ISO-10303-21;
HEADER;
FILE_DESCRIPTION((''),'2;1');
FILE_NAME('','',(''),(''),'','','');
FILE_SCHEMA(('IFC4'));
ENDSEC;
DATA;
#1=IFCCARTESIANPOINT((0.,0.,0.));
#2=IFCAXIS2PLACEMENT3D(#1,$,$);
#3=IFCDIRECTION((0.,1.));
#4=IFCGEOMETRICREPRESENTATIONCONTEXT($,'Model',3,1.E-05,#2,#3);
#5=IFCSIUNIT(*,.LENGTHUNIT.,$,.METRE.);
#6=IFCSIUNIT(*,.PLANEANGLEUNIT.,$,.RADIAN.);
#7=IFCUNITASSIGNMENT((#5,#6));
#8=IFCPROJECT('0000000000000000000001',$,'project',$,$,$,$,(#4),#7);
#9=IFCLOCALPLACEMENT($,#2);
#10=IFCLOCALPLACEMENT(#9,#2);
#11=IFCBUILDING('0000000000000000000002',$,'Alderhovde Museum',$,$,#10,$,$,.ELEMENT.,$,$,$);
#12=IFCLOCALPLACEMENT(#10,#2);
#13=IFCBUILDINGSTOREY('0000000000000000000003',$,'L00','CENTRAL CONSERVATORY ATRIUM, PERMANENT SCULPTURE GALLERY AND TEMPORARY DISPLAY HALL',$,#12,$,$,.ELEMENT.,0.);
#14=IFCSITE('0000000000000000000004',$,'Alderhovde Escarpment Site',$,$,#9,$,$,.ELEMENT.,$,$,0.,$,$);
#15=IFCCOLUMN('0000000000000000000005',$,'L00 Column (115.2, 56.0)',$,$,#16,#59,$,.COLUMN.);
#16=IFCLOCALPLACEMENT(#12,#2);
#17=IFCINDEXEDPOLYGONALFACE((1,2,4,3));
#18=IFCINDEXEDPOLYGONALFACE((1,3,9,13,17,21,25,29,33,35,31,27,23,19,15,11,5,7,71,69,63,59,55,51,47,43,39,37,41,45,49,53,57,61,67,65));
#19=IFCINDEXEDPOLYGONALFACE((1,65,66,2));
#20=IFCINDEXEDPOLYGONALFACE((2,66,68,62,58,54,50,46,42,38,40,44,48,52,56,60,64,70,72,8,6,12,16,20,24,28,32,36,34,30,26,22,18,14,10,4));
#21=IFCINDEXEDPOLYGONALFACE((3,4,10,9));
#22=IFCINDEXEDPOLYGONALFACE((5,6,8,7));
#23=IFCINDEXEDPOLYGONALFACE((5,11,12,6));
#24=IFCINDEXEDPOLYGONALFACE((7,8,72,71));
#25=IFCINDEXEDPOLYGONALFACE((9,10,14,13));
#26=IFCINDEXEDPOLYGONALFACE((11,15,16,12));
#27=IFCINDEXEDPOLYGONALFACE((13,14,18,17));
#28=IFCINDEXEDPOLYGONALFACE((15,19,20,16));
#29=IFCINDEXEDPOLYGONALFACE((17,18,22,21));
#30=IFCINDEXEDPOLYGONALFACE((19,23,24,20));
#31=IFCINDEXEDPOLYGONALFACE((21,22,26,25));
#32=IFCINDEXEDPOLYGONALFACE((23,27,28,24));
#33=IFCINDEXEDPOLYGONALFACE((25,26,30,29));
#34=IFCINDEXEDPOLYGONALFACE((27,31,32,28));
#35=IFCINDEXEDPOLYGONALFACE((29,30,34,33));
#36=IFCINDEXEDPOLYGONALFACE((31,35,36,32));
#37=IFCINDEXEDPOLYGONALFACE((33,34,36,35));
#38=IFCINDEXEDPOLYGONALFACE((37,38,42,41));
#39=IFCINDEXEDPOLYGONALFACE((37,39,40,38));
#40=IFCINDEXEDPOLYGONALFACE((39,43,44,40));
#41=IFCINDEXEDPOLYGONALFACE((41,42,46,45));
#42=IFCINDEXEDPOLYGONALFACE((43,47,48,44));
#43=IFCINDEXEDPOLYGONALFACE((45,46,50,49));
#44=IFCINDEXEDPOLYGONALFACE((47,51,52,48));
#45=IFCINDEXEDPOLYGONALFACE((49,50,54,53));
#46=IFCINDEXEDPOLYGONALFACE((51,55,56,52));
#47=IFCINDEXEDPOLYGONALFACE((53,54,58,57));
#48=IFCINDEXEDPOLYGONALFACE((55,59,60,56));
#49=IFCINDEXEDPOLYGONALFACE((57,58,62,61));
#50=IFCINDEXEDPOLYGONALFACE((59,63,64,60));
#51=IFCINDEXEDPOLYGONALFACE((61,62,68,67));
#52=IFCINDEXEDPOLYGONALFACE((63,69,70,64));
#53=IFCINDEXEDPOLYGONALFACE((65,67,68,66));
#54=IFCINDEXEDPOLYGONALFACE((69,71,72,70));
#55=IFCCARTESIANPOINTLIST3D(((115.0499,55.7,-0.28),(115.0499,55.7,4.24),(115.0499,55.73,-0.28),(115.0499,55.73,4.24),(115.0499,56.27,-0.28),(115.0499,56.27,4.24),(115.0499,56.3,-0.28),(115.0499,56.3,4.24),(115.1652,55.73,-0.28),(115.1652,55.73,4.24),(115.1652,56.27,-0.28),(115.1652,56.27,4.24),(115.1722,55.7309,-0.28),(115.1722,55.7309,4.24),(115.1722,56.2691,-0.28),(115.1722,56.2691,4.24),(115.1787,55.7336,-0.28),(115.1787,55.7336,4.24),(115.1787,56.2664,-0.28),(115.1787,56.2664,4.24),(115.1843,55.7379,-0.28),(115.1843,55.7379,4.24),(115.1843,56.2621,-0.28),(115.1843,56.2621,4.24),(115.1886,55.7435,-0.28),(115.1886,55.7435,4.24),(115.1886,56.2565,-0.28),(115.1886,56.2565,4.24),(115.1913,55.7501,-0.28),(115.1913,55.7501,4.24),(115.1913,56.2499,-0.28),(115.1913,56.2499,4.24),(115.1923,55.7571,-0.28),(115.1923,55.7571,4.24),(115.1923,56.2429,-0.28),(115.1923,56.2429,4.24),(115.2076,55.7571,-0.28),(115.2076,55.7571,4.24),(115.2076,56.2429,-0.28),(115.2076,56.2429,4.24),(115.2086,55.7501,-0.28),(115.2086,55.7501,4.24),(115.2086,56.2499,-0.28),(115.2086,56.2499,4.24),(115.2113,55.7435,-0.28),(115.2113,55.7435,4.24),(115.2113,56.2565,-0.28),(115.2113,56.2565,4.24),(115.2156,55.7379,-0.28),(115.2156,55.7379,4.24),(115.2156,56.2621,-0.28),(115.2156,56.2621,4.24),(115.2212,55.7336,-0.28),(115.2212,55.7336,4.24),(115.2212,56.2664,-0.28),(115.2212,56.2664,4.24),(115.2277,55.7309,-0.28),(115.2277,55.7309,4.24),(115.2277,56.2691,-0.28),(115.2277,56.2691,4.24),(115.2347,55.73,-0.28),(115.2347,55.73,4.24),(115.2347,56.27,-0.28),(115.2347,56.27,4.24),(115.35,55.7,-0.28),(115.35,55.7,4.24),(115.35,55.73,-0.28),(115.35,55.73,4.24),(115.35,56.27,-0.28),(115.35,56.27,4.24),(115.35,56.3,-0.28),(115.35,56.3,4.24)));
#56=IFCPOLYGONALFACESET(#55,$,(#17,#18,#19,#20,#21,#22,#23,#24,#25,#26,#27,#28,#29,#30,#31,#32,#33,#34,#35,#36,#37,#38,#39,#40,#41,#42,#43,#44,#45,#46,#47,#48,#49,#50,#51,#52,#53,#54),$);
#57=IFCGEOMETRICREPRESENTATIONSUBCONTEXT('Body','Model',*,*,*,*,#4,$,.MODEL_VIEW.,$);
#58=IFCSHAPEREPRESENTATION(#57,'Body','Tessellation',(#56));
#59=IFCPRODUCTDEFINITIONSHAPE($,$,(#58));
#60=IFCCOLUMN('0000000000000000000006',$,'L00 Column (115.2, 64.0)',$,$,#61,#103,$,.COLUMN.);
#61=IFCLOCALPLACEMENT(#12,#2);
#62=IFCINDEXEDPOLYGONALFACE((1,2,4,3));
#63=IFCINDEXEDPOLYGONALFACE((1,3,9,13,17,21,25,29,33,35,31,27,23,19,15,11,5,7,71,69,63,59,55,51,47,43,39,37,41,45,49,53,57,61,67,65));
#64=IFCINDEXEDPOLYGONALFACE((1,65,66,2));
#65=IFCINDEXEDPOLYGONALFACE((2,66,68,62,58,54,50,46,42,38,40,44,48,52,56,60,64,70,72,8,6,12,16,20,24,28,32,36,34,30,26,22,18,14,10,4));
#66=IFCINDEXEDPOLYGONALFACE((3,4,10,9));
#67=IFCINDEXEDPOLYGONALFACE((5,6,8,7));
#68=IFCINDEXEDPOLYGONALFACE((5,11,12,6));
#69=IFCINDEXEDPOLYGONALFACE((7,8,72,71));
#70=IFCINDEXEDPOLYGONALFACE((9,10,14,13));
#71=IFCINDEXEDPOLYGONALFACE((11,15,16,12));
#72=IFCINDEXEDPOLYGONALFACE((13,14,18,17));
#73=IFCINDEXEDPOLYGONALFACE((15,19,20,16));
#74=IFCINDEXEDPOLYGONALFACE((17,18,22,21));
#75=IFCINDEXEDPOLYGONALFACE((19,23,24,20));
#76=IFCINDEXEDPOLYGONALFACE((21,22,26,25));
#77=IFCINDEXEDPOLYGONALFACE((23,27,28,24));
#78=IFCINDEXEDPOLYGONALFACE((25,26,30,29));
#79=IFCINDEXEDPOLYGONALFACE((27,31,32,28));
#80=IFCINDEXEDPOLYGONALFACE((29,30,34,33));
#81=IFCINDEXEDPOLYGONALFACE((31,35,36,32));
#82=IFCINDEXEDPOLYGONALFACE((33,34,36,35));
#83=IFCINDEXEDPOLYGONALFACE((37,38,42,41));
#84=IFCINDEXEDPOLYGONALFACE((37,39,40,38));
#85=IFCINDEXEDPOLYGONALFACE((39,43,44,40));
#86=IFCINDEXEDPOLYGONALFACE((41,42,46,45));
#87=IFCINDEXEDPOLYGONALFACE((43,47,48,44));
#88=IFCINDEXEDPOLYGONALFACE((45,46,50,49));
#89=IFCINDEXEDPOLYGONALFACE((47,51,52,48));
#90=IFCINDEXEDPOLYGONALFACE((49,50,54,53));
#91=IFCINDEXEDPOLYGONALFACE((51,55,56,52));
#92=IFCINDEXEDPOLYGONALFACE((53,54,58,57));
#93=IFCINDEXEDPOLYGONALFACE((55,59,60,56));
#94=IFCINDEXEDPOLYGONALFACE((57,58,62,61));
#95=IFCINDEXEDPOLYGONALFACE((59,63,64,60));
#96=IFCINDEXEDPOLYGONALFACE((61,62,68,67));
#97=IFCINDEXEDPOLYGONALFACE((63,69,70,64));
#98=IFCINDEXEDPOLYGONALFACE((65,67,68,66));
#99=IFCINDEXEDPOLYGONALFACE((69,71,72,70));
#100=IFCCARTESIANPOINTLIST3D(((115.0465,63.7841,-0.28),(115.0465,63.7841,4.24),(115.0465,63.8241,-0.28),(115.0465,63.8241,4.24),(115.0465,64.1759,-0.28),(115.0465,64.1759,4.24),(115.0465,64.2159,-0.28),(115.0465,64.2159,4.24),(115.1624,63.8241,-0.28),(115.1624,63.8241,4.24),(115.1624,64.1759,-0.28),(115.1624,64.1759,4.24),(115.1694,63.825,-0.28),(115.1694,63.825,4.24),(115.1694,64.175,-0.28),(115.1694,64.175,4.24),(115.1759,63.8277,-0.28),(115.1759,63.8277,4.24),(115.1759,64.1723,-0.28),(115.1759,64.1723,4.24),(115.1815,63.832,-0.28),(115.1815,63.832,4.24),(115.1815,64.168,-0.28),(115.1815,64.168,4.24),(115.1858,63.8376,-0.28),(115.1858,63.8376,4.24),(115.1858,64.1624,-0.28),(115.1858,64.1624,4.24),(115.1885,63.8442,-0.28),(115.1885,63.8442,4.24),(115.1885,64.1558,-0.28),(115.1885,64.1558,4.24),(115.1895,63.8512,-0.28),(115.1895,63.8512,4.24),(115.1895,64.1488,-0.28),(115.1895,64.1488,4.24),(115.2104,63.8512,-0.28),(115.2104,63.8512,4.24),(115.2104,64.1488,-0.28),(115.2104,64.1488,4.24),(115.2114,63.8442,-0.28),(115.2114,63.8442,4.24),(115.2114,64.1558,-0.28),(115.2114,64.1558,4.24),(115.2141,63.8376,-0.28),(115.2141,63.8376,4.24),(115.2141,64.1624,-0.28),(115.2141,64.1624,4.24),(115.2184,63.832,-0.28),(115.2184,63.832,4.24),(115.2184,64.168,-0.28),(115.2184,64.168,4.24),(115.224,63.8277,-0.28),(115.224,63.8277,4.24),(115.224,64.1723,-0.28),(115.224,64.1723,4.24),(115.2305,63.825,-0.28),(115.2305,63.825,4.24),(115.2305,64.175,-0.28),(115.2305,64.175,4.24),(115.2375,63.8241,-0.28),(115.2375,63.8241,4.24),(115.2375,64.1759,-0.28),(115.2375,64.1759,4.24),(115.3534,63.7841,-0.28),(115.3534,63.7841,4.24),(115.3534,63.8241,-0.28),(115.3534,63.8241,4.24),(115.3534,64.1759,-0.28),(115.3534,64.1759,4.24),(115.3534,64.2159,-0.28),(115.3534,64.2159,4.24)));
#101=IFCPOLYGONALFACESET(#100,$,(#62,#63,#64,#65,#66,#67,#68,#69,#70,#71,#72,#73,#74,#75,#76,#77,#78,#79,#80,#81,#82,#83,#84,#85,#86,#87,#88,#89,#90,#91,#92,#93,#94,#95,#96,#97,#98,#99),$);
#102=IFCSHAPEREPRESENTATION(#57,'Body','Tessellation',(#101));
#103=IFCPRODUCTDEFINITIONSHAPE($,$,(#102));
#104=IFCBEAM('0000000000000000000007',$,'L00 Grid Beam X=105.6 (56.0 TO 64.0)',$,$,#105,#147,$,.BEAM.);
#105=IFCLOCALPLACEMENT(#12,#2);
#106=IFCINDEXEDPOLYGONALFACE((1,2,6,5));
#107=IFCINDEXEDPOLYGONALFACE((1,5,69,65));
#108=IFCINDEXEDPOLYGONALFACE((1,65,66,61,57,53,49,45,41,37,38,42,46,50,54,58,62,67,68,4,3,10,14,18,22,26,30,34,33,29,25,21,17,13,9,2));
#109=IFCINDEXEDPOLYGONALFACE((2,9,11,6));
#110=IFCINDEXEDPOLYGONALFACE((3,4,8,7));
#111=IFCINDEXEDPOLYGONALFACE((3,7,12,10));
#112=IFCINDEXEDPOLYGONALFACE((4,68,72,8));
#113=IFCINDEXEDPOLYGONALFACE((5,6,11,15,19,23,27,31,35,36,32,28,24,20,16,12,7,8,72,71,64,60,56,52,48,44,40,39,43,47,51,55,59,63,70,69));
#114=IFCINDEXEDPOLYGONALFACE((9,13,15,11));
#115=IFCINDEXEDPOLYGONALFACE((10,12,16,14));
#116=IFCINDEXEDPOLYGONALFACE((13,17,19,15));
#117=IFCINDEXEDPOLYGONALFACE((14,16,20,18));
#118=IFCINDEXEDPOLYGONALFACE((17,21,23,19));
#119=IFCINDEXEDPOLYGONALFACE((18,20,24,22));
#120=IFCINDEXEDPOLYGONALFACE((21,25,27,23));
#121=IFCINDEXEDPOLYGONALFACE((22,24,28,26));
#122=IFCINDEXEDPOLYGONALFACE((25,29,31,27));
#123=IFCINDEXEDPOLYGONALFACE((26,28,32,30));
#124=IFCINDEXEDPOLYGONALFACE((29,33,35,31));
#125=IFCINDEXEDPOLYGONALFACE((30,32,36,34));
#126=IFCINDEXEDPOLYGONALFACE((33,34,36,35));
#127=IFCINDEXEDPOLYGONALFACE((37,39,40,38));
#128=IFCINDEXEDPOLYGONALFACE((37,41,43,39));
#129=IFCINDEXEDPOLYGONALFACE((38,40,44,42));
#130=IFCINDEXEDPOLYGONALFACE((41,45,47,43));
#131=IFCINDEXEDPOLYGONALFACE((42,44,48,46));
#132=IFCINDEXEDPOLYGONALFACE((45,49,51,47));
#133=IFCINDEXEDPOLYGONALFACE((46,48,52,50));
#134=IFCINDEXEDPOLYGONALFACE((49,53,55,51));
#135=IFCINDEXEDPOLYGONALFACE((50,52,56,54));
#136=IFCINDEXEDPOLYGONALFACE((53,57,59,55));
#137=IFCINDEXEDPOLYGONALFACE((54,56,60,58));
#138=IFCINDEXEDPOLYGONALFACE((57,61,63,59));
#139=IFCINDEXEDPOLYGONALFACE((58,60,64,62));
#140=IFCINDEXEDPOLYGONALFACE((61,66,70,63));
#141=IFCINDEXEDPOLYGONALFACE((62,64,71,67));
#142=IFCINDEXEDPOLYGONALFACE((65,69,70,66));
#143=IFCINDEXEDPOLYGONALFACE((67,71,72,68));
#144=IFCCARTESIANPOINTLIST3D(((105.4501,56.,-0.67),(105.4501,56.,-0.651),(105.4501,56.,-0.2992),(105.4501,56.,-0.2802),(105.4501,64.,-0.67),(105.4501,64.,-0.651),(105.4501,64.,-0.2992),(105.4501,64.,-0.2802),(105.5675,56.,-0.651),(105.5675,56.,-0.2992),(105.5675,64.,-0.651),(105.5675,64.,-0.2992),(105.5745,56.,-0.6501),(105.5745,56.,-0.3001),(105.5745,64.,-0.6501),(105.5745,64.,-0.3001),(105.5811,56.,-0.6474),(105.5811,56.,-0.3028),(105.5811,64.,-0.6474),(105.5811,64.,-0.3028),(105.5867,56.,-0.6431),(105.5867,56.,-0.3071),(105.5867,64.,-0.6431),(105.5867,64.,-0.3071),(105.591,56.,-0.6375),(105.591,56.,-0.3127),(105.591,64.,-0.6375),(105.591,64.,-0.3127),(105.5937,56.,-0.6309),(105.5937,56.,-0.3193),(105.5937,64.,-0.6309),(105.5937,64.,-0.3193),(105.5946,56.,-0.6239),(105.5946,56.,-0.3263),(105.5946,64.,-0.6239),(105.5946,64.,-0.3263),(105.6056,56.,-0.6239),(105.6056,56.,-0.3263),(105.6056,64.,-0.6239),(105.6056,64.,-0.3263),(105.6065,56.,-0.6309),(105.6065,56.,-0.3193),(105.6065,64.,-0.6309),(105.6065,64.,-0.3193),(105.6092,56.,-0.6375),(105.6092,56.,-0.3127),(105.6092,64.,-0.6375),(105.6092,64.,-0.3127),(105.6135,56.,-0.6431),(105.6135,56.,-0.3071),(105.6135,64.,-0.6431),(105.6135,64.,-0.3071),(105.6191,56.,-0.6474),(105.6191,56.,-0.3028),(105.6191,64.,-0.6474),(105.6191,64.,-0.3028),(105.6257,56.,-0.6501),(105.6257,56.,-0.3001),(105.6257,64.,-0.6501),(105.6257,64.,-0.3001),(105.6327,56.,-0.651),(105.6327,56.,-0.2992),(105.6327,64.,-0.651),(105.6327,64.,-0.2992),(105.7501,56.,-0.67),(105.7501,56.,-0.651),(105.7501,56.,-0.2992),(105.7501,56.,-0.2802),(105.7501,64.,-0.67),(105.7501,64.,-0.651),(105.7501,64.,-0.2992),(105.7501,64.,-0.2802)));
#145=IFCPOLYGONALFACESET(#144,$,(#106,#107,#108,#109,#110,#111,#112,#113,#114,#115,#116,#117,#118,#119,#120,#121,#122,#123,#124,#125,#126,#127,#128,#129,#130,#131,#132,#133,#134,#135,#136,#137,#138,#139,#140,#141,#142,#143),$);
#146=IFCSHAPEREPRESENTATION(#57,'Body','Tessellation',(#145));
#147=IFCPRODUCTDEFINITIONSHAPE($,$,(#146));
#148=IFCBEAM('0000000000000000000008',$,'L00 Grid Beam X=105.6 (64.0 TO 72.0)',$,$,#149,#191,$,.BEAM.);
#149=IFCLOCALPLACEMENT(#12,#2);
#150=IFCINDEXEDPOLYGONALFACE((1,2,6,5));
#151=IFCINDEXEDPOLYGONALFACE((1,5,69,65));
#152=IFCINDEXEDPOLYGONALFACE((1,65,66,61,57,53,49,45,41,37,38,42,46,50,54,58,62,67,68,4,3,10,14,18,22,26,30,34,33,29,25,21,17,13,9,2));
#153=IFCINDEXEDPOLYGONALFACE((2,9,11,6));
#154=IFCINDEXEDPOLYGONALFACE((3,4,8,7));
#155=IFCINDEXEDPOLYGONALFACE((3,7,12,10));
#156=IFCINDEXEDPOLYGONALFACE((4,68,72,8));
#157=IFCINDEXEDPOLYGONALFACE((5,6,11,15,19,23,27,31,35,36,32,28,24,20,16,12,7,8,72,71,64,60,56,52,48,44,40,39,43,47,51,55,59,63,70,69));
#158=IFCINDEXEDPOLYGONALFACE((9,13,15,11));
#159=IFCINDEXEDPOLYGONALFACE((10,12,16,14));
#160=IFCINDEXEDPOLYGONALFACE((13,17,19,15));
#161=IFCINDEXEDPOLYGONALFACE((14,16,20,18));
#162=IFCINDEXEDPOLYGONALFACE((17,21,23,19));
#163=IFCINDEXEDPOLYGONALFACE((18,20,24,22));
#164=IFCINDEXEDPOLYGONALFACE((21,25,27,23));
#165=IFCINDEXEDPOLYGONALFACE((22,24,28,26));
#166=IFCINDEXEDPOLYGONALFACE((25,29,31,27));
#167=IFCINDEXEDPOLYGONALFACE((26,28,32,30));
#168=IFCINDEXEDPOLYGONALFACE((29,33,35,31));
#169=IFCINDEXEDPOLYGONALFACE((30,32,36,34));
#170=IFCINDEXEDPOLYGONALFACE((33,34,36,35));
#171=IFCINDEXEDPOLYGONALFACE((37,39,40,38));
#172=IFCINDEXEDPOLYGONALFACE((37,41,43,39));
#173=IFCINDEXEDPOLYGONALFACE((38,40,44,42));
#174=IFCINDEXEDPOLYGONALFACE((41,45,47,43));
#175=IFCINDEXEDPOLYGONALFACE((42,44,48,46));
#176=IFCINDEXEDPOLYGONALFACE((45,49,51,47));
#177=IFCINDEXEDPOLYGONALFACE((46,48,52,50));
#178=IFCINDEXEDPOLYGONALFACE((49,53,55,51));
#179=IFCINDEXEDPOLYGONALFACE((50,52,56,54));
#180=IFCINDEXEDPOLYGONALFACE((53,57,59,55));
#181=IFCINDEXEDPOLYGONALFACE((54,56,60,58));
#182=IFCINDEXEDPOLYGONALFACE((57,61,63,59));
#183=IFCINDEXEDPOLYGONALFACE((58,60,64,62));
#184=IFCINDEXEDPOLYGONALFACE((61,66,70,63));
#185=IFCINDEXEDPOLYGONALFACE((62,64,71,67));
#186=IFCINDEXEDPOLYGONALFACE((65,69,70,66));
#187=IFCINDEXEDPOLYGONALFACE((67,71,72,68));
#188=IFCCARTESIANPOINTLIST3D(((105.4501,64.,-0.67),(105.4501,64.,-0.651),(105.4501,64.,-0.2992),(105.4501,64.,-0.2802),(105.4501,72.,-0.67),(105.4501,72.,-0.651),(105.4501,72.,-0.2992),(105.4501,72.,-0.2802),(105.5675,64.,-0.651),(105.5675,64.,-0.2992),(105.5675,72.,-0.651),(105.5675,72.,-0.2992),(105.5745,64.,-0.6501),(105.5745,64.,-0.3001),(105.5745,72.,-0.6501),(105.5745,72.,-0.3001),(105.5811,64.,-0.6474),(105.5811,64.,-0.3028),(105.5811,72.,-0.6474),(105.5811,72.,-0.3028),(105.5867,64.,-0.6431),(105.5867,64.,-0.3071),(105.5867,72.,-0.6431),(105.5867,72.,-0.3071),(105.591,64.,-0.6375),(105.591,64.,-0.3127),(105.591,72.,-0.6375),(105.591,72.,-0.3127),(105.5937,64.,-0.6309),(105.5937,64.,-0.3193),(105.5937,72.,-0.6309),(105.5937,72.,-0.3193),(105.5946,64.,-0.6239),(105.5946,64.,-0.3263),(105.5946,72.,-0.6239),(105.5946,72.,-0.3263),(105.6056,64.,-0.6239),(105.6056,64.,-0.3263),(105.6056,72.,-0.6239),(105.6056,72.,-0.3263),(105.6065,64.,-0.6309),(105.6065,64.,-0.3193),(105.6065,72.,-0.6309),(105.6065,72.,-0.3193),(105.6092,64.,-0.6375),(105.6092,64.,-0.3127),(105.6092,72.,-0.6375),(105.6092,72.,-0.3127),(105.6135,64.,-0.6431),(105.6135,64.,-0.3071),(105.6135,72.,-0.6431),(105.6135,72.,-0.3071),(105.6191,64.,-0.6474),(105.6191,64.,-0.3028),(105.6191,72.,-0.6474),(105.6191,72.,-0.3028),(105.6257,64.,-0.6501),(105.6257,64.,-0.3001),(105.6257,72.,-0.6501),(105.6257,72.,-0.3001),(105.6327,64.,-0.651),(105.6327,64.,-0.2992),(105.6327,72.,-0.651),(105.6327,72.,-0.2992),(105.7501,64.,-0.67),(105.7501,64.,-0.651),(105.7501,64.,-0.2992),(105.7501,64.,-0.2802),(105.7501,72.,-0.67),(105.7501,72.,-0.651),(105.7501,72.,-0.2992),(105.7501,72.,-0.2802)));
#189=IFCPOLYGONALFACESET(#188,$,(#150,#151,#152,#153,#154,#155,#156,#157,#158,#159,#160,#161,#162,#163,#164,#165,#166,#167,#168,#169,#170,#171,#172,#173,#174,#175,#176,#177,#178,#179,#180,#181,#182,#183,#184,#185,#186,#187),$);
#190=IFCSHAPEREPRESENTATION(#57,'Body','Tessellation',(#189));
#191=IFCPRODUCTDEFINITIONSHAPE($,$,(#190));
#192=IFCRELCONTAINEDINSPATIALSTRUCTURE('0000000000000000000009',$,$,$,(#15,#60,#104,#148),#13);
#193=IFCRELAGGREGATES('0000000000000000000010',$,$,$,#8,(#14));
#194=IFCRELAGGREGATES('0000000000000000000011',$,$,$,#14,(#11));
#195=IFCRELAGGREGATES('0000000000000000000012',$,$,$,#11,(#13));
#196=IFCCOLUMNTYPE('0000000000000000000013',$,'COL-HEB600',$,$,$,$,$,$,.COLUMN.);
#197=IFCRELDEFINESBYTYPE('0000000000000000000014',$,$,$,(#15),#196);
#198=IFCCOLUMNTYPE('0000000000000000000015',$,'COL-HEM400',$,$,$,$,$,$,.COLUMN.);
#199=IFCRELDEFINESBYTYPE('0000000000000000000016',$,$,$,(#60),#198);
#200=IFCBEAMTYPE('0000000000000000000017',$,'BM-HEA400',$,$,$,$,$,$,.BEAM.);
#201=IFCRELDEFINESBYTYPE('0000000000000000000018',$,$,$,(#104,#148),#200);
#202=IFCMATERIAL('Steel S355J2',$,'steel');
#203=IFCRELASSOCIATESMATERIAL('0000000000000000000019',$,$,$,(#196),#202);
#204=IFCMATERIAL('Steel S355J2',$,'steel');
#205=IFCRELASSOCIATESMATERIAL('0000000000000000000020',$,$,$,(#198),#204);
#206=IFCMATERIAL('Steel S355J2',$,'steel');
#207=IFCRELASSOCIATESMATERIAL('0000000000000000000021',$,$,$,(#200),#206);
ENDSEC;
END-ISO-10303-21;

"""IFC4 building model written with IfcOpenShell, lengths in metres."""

from ifc_helpers import new_model, si_unit, direction, frame, origin, origin_2d, place, context, subcontext, project, spatial, i_section, extrude, material, material_profile, profile_set, type_object, element, save


model = new_model("IFC4")

# Units and contexts
model_context = context("Model", 3, precision=1e-05, world=origin(), true_north=direction((0.0, 1.0)))
body_context = subcontext(model_context, "Body", "Model", "MODEL_VIEW")
ifc_project = project(units=[si_unit("LENGTHUNIT", "METRE"), si_unit("PLANEANGLEUNIT", "RADIAN")], contexts=[model_context])

# Site, building, storey
site_placement = place(None, origin())
site = spatial("IfcSite", under=ifc_project, at=site_placement, Name="Alderhovde Escarpment Site", CompositionType="ELEMENT", RefElevation=0.0)
building_placement = place(site_placement, origin())
building = spatial("IfcBuilding", under=site, at=building_placement, Name="Alderhovde Museum", CompositionType="ELEMENT")
storey_placement = place(building_placement, origin())
storey = spatial("IfcBuildingStorey", under=building, at=storey_placement, Name="L00", Description="CENTRAL CONSERVATORY ATRIUM, PERMANENT SCULPTURE GALLERY AND TEMPORARY DISPLAY HALL", CompositionType="ELEMENT", Elevation=0.0)

# Columns
ifc_material_1 = material(Name="Steel S355J2", Category="steel")
ifc_material_profile_1 = material_profile(ifc_material_1, i_section(OverallWidth=0.3, OverallDepth=0.6001, WebThickness=0.0154, FlangeThickness=0.03, FilletRadius=0.0271, at=origin_2d()), Name="HEB 600")
ifc_profile_set_1 = profile_set([ifc_material_profile_1], Name="Steel S355J2")
column_type_1 = type_object("IfcColumnType", Name="COL-HEB600", PredefinedType="COLUMN", material=ifc_profile_set_1)
column_1_placement = place(storey_placement, frame((115.2, 56.0, -0.28), z_axis=(0.0, 0.0, 1.0), x_axis=(1.0, 0.0, 0.0)))
element("IfcColumn", 1, at=column_1_placement, inside=storey, type_object=column_type_1, Name="L00 Column (115.2, 56.0)", PredefinedType="COLUMN", context=body_context, shape_type="SweptSolid", body=[
    extrude(i_section(OverallWidth=0.3, OverallDepth=0.6001, WebThickness=0.0154, FlangeThickness=0.03, FilletRadius=0.0271, at=origin_2d()), origin(), (0.0, 0.0, 1.0), 4.52),
])
ifc_material_2 = material(Name="Steel S355J2", Category="steel")
ifc_material_profile_2 = material_profile(ifc_material_2, i_section(OverallWidth=0.3069, OverallDepth=0.4319, WebThickness=0.021, FlangeThickness=0.04, FilletRadius=0.0271, at=origin_2d()), Name="HEM 400")
ifc_profile_set_2 = profile_set([ifc_material_profile_2], Name="Steel S355J2")
column_type_2 = type_object("IfcColumnType", Name="COL-HEM400", PredefinedType="COLUMN", material=ifc_profile_set_2)
column_2_placement = place(storey_placement, frame((115.2, 64.0, -0.28), z_axis=(0.0, 0.0, 1.0), x_axis=(1.0, 0.0, 0.0)))
element("IfcColumn", 2, at=column_2_placement, inside=storey, type_object=column_type_2, Name="L00 Column (115.2, 64.0)", PredefinedType="COLUMN", context=body_context, shape_type="SweptSolid", body=[
    extrude(i_section(OverallWidth=0.3069, OverallDepth=0.4319, WebThickness=0.021, FlangeThickness=0.04, FilletRadius=0.0271, at=origin_2d()), origin(), (0.0, 0.0, 1.0), 4.52),
])

# Beams
ifc_material_3 = material(Name="Steel S355J2", Category="steel")
ifc_material_profile_3 = material_profile(ifc_material_3, i_section(OverallWidth=0.3, OverallDepth=0.3899, WebThickness=0.011, FlangeThickness=0.019, FilletRadius=0.0271, at=origin_2d()), Name="HEA 400")
ifc_profile_set_3 = profile_set([ifc_material_profile_3], Name="Steel S355J2")
beam_type_1 = type_object("IfcBeamType", Name="BM-HEA400", PredefinedType="BEAM", material=ifc_profile_set_3)
for number, where, z_axis, x_axis, name in (
    (3, (105.6001, 56.0, -0.4751), (0.0, 1.0, 0.0), (-1.0, 0.0, 0.0), "L00 Grid Beam X=105.6 (56.0 TO 64.0)"),
    (4, (105.6001, 64.0, -0.4751), (0.0, 1.0, 0.0), (-1.0, 0.0, 0.0), "L00 Grid Beam X=105.6 (64.0 TO 72.0)"),
):
    element("IfcBeam", number, at=place(storey_placement, frame(where, z_axis=z_axis, x_axis=x_axis)), inside=storey, type_object=beam_type_1, Name=name, PredefinedType="BEAM", context=body_context, shape_type="SweptSolid", body=[
        extrude(i_section(OverallWidth=0.3, OverallDepth=0.3899, WebThickness=0.011, FlangeThickness=0.019, FilletRadius=0.0271, at=origin_2d()), origin(), (0.0, 0.0, 1.0), 8.0),
    ])

save(model, "model.ifc")
